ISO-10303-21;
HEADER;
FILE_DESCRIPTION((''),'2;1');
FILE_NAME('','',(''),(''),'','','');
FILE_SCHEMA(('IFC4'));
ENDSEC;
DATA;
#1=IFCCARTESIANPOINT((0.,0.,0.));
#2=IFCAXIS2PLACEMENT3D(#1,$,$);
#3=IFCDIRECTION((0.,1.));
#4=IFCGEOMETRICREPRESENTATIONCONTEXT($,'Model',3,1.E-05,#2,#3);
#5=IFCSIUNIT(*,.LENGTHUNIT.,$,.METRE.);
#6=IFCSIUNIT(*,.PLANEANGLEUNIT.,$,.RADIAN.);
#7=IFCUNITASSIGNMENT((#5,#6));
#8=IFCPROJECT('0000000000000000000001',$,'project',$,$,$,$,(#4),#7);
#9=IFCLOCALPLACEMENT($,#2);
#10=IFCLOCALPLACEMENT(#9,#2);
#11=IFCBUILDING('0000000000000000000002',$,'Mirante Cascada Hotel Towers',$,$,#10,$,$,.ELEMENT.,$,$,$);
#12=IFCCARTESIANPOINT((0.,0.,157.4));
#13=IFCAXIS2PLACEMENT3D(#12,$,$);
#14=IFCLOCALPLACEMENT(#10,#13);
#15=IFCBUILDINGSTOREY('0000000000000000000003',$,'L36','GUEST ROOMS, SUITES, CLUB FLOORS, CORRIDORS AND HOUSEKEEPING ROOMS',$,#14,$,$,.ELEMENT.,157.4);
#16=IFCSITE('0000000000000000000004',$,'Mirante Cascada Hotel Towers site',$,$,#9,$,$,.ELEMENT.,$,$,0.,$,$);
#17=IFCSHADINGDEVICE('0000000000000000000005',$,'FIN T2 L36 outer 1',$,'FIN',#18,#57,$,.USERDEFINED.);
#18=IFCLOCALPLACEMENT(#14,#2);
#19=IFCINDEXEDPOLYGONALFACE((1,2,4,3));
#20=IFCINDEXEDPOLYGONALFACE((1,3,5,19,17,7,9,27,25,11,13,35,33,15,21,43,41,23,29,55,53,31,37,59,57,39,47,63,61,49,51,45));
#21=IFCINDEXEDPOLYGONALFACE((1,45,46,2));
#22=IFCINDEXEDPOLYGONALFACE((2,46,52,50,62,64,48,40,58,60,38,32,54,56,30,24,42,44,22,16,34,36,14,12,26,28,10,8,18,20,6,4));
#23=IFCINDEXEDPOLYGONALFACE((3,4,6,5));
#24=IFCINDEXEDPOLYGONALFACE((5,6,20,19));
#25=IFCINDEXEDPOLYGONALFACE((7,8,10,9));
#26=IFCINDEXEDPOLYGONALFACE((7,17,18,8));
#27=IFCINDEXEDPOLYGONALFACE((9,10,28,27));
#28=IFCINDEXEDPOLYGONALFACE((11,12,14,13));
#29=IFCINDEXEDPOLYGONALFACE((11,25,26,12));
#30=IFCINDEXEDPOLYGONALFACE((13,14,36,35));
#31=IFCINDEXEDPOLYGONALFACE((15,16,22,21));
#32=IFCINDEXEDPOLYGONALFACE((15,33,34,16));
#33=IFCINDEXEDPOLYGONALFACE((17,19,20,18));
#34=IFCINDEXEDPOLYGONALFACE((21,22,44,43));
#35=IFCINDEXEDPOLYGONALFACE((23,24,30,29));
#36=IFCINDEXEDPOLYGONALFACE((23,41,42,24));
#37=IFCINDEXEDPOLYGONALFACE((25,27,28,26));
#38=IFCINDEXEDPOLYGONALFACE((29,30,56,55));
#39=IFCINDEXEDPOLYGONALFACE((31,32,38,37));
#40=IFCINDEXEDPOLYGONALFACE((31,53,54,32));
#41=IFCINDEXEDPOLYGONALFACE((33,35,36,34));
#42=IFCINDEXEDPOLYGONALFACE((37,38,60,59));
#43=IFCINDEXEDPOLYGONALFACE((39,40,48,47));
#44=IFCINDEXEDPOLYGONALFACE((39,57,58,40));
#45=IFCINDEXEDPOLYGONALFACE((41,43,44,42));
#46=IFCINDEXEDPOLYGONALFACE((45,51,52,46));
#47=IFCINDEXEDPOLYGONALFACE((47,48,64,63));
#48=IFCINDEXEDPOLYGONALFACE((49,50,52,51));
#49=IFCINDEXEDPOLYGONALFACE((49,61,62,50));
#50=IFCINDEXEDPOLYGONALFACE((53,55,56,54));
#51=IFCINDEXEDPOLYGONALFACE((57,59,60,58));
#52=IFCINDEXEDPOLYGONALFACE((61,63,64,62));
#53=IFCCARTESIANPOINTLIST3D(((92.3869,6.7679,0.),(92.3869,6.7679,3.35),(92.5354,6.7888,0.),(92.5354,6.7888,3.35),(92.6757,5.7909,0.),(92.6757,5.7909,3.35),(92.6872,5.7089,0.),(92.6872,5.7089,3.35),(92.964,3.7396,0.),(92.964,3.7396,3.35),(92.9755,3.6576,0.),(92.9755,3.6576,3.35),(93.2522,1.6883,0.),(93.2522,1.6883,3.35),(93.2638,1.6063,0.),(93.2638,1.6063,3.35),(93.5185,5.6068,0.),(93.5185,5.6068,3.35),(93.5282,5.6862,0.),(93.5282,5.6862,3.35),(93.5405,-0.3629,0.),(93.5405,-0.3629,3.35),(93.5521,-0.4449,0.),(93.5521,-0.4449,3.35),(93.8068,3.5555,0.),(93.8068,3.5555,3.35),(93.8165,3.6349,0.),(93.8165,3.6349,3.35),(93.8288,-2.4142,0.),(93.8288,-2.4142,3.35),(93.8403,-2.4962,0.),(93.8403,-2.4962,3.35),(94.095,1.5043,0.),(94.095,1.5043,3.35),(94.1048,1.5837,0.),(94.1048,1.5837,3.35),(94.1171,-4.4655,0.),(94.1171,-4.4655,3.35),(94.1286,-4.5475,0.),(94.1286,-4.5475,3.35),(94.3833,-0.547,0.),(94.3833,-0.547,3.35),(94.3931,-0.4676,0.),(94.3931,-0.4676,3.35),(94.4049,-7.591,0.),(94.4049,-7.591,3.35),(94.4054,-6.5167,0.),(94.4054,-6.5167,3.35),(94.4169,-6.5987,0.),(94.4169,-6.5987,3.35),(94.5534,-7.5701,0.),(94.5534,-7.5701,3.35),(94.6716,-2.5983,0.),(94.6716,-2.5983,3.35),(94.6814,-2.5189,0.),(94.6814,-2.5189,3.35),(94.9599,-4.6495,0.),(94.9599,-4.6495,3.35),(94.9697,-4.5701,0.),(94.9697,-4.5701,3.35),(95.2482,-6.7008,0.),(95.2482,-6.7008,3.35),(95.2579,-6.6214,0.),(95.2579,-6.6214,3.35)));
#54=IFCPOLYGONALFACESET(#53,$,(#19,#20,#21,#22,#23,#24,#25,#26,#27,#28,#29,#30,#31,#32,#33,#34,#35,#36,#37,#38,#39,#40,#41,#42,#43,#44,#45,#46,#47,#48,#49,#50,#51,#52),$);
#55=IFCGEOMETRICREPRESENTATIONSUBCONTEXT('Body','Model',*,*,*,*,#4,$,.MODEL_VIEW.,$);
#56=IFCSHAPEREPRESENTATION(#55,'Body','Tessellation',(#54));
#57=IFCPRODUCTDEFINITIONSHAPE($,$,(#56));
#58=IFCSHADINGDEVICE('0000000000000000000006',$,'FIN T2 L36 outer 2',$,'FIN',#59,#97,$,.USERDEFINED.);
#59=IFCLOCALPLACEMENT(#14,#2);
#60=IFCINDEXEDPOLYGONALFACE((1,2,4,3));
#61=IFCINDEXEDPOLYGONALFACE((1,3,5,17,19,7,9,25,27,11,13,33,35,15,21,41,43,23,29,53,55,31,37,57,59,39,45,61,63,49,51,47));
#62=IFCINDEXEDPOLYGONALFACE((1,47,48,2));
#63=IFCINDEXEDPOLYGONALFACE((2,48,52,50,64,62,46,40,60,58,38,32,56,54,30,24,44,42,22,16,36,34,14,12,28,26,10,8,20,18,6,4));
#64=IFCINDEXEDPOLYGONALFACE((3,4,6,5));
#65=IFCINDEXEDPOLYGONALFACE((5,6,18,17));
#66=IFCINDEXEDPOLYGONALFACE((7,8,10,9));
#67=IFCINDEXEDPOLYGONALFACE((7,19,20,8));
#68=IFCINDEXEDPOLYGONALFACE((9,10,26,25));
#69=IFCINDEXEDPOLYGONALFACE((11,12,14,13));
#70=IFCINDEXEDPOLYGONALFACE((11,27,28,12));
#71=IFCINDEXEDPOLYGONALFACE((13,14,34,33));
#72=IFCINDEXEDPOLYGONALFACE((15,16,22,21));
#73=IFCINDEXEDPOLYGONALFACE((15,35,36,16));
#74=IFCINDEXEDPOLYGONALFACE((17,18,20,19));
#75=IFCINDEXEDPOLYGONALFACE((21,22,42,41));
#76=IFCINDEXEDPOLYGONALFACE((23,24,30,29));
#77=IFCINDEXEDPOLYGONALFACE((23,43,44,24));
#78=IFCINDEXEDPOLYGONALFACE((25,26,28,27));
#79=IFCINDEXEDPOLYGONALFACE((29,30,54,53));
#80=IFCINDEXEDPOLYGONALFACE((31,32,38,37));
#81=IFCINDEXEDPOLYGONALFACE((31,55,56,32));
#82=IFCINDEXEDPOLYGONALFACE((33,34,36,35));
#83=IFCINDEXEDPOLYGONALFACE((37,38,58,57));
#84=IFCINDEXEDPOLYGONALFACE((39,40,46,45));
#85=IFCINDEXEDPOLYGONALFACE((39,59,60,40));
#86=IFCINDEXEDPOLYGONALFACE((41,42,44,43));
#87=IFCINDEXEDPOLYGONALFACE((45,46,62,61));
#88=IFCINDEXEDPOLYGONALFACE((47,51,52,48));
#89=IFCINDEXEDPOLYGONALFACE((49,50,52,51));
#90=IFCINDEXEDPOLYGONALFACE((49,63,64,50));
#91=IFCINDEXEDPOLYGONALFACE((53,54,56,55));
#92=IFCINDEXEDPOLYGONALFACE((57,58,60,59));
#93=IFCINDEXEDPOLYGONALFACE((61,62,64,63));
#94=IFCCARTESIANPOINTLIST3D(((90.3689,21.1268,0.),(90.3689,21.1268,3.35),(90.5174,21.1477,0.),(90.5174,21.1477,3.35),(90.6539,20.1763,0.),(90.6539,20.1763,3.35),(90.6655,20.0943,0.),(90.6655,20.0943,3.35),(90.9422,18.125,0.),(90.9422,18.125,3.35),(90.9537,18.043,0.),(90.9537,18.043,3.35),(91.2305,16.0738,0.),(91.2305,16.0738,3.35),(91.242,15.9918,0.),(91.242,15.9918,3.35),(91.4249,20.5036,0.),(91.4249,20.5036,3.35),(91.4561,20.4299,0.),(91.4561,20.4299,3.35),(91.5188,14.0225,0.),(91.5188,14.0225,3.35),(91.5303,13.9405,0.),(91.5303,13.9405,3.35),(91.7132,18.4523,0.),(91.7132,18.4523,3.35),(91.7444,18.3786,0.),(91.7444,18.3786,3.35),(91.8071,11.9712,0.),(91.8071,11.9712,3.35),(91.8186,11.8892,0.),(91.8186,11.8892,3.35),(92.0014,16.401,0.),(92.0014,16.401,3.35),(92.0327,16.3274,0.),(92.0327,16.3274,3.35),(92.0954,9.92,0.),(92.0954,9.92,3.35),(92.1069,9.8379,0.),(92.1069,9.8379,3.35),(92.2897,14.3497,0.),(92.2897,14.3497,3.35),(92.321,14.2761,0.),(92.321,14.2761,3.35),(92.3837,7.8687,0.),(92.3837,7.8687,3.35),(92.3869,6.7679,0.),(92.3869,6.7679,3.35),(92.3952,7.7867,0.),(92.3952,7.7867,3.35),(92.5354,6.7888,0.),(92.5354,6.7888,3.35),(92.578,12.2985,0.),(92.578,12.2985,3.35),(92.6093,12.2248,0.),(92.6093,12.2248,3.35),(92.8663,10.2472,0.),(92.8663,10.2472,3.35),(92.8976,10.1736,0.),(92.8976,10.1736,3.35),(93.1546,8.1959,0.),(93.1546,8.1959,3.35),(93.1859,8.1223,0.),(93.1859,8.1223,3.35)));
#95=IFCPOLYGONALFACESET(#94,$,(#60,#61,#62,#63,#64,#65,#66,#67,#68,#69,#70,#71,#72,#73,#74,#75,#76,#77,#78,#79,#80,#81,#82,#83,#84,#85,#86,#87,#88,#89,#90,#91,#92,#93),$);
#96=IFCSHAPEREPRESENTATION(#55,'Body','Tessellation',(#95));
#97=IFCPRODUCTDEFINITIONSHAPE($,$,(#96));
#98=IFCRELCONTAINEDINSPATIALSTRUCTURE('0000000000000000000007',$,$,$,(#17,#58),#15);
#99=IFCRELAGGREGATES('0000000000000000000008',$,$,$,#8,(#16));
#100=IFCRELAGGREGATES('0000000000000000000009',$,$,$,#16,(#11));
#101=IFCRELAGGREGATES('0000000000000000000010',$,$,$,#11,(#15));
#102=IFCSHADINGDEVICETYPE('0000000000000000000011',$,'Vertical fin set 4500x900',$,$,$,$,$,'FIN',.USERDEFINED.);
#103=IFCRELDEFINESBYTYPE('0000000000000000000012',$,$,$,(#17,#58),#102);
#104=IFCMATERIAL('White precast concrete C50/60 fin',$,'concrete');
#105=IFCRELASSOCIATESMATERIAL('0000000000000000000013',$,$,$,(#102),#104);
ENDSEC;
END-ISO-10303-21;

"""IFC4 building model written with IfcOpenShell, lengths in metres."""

from ifc_helpers import new_model, si_unit, direction, frame, origin, place, context, subcontext, project, spatial, polyline, outline, extrude, material, type_object, element, save


model = new_model("IFC4")

# Units and contexts
model_context = context("Model", 3, precision=1e-05, world=origin(), true_north=direction((0.0, 1.0)))
body_context = subcontext(model_context, "Body", "Model", "MODEL_VIEW")
ifc_project = project(units=[si_unit("LENGTHUNIT", "METRE"), si_unit("PLANEANGLEUNIT", "RADIAN")], contexts=[model_context])

# Site, building, storey
site_placement = place(None, origin())
site = spatial("IfcSite", under=ifc_project, at=site_placement, Name="Mirante Cascada Hotel Towers site", CompositionType="ELEMENT", RefElevation=0.0)
building_placement = place(site_placement, origin())
building = spatial("IfcBuilding", under=site, at=building_placement, Name="Mirante Cascada Hotel Towers", CompositionType="ELEMENT")
storey_placement = place(building_placement, frame((0.0, 0.0, 157.4)))
storey = spatial("IfcBuildingStorey", under=building, at=storey_placement, Name="L36", Description="GUEST ROOMS, SUITES, CLUB FLOORS, CORRIDORS AND HOUSEKEEPING ROOMS", CompositionType="ELEMENT", Elevation=157.4)

# Shading devices
ifc_material_1 = material(Name="White precast concrete C50/60 fin", Category="concrete")
shading_device_type = type_object("IfcShadingDeviceType", Name="Vertical fin set 4500x900", ElementType="FIN", PredefinedType="USERDEFINED", material=ifc_material_1)
shading_device_1_placement = place(storey_placement, origin())
element("IfcShadingDevice", 1, at=shading_device_1_placement, inside=storey, type_object=shading_device_type, Name="FIN T2 L36 outer 1", ObjectType="FIN", PredefinedType="USERDEFINED", context=body_context, shape_type="SweptSolid", body=[
    extrude(outline(polyline([(95.2482, -6.7008), (94.4169, -6.5987), (94.5534, -7.5701), (94.4049, -7.591), (92.3869, 6.7679), (92.5354, 6.7888), (92.6757, 5.7909), (93.5282, 5.6862), (93.5185, 5.6068), (92.6872, 5.7089), (92.964, 3.7396), (93.8165, 3.6349), (93.8068, 3.5555), (92.9755, 3.6576), (93.2522, 1.6883), (94.1048, 1.5837), (94.095, 1.5043), (93.2638, 1.6063), (93.5405, -0.3629), (94.3931, -0.4676), (94.3833, -0.547), (93.5521, -0.4449), (93.8288, -2.4142), (94.6814, -2.5189), (94.6716, -2.5983), (93.8403, -2.4962), (94.1171, -4.4655), (94.9697, -4.5701), (94.9599, -4.6495), (94.1286, -4.5475), (94.4054, -6.5167), (95.2579, -6.6214), (95.2482, -6.7008)])), origin(), (0.0, 0.0, 1.0), 3.35),
])
shading_device_2_placement = place(storey_placement, origin())
element("IfcShadingDevice", 2, at=shading_device_2_placement, inside=storey, type_object=shading_device_type, Name="FIN T2 L36 outer 2", ObjectType="FIN", PredefinedType="USERDEFINED", context=body_context, shape_type="SweptSolid", body=[
    extrude(outline(polyline([(93.1859, 8.1223), (92.3952, 7.7867), (92.5354, 6.7888), (92.3869, 6.7679), (90.3689, 21.1268), (90.5174, 21.1477), (90.6539, 20.1763), (91.4249, 20.5036), (91.4561, 20.4299), (90.6655, 20.0943), (90.9422, 18.125), (91.7132, 18.4523), (91.7444, 18.3786), (90.9537, 18.043), (91.2305, 16.0738), (92.0014, 16.401), (92.0327, 16.3274), (91.242, 15.9918), (91.5188, 14.0225), (92.2897, 14.3497), (92.321, 14.2761), (91.5303, 13.9405), (91.8071, 11.9712), (92.578, 12.2985), (92.6093, 12.2248), (91.8186, 11.8892), (92.0954, 9.92), (92.8663, 10.2472), (92.8976, 10.1736), (92.1069, 9.8379), (92.3837, 7.8687), (93.1546, 8.1959), (93.1859, 8.1223)])), origin(), (0.0, 0.0, 1.0), 3.35),
])

save(model, "model.ifc")
